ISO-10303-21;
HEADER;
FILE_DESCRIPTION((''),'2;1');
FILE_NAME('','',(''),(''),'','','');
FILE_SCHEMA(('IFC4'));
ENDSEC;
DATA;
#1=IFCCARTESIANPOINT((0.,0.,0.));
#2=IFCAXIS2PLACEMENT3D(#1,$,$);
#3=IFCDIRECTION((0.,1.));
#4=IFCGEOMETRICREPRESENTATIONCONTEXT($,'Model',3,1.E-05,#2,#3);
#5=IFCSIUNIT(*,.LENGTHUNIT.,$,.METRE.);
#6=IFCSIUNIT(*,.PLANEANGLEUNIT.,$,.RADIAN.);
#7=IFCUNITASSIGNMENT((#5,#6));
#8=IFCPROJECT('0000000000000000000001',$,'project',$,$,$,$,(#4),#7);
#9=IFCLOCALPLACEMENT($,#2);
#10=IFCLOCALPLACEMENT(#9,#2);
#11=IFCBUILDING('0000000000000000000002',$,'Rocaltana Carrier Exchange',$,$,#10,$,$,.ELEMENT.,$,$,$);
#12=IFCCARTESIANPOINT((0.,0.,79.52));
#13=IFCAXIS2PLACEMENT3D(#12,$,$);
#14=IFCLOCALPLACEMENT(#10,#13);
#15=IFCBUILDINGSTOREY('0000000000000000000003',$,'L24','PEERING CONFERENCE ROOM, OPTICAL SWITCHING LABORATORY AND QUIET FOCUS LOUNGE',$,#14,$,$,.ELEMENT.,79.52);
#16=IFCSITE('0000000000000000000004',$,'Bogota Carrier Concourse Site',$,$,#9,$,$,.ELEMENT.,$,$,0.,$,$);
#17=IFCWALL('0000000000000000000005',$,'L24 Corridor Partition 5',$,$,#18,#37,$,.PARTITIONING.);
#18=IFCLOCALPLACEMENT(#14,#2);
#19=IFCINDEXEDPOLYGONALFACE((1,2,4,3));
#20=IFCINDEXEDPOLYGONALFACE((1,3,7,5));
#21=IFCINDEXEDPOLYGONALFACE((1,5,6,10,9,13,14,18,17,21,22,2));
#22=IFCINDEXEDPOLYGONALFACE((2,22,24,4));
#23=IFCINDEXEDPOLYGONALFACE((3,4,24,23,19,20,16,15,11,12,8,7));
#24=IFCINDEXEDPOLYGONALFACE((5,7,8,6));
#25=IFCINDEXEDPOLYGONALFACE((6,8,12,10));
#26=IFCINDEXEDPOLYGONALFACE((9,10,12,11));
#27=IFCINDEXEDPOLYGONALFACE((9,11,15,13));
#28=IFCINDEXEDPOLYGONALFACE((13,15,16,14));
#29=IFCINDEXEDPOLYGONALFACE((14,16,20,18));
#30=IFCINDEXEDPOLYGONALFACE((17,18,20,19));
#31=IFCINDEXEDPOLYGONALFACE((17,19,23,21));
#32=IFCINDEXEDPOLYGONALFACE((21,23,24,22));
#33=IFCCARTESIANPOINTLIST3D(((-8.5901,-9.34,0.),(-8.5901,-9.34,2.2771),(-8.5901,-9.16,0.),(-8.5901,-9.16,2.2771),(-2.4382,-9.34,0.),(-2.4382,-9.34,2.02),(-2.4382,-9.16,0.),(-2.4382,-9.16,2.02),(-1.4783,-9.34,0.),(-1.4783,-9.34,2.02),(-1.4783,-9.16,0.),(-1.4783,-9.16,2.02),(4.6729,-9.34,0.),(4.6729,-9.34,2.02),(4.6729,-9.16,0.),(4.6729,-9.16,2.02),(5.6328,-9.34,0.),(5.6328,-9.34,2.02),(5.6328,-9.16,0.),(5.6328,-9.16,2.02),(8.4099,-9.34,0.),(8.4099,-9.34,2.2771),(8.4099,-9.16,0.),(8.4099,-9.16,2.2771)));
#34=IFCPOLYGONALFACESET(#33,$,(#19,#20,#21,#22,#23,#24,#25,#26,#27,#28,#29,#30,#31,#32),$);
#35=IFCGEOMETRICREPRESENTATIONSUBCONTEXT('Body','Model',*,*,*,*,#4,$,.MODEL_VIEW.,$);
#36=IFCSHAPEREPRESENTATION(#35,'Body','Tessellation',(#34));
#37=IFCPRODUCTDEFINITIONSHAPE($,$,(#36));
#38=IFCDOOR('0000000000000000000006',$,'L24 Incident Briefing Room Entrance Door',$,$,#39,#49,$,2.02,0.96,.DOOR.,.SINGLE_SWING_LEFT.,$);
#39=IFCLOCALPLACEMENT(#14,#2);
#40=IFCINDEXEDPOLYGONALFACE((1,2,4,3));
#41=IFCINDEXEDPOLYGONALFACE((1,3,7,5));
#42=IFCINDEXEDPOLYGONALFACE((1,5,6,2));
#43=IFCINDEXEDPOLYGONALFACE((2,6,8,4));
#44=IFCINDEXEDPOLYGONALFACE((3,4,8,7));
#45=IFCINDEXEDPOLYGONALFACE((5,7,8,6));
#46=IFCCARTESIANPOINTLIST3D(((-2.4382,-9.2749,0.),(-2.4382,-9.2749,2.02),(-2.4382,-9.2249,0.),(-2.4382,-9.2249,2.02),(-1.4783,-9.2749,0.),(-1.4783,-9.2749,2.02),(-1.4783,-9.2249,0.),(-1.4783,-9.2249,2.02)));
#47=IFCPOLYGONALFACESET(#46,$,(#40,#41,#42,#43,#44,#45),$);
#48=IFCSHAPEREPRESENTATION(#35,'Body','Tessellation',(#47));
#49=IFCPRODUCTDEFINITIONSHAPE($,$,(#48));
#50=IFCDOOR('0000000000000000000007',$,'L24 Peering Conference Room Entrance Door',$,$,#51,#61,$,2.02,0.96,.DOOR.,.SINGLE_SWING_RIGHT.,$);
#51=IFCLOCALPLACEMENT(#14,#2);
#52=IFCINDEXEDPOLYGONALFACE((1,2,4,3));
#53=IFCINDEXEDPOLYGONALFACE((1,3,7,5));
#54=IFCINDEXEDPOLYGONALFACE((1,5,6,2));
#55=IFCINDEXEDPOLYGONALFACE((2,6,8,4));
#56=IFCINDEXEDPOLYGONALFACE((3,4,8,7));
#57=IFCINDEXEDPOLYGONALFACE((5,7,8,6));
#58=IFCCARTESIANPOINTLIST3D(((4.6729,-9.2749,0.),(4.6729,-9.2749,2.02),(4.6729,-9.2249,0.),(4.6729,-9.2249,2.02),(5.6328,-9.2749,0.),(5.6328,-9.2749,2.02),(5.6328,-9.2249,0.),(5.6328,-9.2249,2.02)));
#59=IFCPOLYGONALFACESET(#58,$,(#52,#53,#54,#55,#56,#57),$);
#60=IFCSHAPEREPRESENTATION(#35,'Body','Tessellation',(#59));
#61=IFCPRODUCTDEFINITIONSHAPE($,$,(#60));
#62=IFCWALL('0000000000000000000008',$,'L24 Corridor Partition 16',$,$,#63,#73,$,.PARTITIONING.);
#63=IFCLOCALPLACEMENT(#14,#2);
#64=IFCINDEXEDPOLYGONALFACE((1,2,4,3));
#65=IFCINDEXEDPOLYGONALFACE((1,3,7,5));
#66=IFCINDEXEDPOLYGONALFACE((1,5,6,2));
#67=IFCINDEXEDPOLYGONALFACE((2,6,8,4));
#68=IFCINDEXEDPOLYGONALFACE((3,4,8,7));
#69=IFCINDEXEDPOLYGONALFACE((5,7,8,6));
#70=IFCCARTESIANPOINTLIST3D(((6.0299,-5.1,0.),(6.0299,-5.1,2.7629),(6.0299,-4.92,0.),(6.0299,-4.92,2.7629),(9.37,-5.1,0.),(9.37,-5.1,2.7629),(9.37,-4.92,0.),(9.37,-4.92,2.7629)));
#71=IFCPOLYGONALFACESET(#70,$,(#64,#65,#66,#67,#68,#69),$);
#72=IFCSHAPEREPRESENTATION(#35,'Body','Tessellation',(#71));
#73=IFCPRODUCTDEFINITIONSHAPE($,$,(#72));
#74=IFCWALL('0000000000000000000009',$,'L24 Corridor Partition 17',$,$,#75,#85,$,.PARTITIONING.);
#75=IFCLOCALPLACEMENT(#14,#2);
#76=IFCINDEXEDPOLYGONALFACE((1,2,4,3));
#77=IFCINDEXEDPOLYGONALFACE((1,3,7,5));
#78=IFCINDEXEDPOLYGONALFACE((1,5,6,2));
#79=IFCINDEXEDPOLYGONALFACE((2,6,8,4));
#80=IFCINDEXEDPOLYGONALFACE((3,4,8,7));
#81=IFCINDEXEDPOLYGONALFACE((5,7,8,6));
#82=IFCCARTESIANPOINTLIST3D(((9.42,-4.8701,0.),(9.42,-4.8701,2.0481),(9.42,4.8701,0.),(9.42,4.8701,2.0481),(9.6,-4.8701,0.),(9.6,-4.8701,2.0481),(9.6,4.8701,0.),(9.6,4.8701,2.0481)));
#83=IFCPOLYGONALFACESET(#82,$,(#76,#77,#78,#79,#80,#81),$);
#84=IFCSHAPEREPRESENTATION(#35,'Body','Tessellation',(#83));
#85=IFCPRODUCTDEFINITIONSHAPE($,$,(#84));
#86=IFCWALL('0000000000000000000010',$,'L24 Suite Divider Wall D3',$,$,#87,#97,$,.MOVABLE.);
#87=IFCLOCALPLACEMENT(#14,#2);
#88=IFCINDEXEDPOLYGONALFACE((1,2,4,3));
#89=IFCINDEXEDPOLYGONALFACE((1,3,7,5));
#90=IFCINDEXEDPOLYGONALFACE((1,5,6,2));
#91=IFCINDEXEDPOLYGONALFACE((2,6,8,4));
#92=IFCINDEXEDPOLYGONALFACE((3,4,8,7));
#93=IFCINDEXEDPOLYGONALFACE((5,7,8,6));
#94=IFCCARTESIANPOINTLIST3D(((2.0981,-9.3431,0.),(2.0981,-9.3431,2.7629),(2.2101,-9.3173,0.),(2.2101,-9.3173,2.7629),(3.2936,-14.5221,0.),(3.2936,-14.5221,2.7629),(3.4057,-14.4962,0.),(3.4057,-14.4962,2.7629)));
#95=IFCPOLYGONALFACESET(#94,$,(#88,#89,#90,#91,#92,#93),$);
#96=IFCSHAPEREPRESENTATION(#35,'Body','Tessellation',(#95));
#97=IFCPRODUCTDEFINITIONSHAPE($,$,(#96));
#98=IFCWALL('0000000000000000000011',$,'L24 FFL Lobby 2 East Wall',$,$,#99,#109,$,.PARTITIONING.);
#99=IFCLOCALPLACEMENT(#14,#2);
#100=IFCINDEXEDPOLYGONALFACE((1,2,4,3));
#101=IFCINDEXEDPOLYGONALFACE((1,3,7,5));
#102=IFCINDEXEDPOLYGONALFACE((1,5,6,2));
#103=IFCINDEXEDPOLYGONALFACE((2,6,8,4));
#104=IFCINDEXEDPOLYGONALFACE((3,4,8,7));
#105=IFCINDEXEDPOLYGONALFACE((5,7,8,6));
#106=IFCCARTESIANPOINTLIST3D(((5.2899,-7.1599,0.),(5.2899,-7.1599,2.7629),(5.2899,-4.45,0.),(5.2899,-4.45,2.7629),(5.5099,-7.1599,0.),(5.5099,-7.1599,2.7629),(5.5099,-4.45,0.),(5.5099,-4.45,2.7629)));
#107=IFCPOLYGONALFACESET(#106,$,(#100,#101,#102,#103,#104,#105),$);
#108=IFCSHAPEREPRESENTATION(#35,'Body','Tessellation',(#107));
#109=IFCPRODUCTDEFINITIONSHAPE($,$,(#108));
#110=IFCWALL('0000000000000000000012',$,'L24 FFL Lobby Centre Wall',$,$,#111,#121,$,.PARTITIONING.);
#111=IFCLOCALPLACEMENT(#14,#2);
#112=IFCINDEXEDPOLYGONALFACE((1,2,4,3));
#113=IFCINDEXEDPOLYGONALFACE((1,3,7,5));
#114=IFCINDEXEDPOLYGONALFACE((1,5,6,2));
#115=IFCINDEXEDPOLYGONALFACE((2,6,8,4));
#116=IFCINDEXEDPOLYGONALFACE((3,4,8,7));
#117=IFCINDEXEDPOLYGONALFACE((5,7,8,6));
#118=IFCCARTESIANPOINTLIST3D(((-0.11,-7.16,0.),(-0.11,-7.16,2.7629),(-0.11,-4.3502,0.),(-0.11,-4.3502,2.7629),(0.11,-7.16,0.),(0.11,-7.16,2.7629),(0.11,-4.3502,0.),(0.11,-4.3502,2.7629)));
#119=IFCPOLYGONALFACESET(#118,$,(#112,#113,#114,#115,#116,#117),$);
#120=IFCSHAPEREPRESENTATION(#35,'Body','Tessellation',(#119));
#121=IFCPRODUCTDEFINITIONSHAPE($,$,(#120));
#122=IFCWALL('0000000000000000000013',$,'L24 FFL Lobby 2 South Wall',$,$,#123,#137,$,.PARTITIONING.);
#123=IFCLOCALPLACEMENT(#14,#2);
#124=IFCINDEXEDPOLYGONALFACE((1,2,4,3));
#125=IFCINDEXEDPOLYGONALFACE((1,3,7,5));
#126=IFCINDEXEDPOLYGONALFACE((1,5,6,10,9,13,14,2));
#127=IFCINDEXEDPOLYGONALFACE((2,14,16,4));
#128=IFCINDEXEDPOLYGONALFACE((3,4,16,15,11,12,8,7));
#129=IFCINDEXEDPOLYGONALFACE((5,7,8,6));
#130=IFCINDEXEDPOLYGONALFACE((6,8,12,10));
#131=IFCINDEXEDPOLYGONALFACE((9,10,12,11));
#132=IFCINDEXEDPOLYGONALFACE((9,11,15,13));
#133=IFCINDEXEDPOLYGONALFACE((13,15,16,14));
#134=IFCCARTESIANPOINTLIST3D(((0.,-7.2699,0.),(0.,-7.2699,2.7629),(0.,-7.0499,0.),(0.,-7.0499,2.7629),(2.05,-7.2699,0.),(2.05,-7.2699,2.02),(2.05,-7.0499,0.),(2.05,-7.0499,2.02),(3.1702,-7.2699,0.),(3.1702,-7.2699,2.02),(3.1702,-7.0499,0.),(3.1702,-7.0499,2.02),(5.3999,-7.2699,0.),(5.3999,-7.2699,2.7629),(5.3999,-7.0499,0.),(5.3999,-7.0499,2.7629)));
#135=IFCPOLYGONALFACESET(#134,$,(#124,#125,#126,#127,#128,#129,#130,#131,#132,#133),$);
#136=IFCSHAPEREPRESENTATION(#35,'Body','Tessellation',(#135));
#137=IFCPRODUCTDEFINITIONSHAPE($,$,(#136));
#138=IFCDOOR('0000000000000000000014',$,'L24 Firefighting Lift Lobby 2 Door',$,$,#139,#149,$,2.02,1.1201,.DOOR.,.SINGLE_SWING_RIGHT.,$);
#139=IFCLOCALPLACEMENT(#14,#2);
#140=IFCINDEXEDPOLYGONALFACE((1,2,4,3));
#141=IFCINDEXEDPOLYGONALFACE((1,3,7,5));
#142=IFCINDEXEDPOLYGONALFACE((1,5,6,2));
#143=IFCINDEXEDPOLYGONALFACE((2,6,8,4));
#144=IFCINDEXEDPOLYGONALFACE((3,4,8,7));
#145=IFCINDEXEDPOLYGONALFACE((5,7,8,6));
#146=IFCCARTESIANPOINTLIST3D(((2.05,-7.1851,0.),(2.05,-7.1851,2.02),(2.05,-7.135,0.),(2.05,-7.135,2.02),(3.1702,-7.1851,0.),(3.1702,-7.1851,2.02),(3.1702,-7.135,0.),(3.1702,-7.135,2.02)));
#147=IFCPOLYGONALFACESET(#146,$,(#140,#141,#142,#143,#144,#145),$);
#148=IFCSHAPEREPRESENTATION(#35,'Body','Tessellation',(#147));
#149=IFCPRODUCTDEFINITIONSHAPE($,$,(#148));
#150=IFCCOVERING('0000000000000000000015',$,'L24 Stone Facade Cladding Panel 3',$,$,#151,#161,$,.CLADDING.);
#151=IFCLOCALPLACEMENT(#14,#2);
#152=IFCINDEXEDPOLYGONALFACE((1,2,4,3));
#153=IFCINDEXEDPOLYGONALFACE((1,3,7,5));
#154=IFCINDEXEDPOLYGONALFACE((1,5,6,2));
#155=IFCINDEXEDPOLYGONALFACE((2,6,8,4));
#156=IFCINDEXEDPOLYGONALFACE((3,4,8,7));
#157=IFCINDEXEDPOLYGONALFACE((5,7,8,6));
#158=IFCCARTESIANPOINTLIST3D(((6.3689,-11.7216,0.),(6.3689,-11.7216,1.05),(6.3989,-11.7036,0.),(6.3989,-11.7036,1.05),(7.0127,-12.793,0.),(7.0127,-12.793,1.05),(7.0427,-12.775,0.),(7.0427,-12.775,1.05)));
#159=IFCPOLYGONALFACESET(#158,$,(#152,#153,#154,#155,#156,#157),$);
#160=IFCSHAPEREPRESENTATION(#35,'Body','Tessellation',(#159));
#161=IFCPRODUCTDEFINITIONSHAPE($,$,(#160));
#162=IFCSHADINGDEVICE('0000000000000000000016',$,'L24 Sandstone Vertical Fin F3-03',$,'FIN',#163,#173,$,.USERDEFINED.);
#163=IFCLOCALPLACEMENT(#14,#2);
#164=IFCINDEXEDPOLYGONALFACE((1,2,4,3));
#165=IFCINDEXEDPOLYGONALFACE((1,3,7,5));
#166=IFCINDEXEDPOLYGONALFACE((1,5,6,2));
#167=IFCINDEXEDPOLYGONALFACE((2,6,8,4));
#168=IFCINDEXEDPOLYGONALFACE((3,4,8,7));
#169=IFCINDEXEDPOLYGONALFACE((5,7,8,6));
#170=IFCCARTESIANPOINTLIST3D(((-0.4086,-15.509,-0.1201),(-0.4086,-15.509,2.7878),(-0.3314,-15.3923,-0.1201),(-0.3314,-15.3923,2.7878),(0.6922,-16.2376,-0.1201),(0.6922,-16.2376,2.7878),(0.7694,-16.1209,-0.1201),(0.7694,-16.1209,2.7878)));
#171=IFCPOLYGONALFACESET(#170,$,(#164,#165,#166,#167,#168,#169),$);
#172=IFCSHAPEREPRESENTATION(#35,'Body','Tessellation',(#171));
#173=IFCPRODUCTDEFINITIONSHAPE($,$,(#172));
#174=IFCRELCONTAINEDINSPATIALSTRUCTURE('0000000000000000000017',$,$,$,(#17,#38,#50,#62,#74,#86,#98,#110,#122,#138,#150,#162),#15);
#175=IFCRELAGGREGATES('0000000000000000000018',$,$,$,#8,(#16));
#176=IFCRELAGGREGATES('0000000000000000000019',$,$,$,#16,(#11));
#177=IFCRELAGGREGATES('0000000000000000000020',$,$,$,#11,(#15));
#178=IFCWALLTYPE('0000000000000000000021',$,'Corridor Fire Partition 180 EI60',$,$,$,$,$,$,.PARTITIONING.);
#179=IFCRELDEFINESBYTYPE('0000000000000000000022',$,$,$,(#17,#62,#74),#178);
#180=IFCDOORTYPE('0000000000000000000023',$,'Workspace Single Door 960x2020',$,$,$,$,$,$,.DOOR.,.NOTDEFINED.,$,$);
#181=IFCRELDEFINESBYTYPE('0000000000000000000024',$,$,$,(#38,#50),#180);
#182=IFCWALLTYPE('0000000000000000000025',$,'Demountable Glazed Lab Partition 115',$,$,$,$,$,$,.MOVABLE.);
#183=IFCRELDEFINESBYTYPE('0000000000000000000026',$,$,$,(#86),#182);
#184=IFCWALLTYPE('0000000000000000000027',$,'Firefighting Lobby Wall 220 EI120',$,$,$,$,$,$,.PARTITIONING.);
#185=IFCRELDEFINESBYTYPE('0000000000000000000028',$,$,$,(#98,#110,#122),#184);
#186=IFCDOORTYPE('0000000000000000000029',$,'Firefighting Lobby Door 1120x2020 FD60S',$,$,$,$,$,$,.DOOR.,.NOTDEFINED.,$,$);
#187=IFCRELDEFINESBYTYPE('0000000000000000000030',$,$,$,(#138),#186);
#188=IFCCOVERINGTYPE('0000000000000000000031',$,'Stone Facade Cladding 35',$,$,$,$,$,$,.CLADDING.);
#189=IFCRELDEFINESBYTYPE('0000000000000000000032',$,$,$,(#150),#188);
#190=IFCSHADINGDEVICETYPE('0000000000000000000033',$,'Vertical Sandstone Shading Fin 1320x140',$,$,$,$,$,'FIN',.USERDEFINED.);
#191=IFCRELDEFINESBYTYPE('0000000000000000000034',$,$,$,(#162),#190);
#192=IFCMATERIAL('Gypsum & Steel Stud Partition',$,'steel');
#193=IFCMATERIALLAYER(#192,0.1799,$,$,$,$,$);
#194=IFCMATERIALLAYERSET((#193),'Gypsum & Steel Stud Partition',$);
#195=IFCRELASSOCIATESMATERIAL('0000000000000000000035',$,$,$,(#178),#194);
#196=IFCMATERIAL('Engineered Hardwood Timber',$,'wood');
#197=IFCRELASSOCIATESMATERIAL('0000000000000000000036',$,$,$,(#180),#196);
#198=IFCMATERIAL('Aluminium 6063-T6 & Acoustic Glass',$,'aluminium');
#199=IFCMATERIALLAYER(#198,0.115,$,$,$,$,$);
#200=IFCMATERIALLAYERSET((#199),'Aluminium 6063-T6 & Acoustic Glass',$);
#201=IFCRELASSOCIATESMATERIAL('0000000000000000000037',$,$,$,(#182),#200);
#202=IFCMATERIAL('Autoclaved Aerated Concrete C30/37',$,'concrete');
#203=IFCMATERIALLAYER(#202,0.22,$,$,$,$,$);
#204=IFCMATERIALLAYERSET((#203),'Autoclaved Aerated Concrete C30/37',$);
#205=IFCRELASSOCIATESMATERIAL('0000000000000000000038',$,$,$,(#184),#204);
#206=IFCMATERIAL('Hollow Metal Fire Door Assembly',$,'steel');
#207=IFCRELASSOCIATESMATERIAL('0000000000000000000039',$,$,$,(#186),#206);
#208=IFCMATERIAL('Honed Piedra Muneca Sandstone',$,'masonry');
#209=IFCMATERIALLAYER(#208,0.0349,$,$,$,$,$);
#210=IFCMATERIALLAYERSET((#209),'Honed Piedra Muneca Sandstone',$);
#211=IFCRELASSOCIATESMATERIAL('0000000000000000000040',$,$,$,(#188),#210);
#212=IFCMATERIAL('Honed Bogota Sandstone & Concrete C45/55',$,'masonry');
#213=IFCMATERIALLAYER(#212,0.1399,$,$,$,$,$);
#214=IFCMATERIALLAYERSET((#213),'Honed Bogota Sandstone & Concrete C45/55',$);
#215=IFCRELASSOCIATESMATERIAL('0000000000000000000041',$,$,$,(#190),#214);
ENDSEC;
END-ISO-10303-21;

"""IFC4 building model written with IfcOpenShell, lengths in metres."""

from ifc_helpers import new_model, si_unit, direction, frame, frame_2d, origin, origin_2d, place, context, subcontext, project, spatial, rectangle, extrude, material, layer, layer_set, type_object, element, fill, save


model = new_model("IFC4")

# Units and contexts
model_context = context("Model", 3, precision=1e-05, world=origin(), true_north=direction((0.0, 1.0)))
body_context = subcontext(model_context, "Body", "Model", "MODEL_VIEW")
ifc_project = project(units=[si_unit("LENGTHUNIT", "METRE"), si_unit("PLANEANGLEUNIT", "RADIAN")], contexts=[model_context])

# Site, building, storey
site_placement = place(None, origin())
site = spatial("IfcSite", under=ifc_project, at=site_placement, Name="Bogota Carrier Concourse Site", CompositionType="ELEMENT", RefElevation=0.0)
building_placement = place(site_placement, origin())
building = spatial("IfcBuilding", under=site, at=building_placement, Name="Rocaltana Carrier Exchange", CompositionType="ELEMENT")
storey_placement = place(building_placement, frame((0.0, 0.0, 79.52)))
storey = spatial("IfcBuildingStorey", under=building, at=storey_placement, Name="L24", Description="PEERING CONFERENCE ROOM, OPTICAL SWITCHING LABORATORY AND QUIET FOCUS LOUNGE", CompositionType="ELEMENT", Elevation=79.52)

# Wall, openings, doors
ifc_material_1 = material(Name="Gypsum & Steel Stud Partition", Category="steel")
ifc_layer_1 = layer(ifc_material_1, 0.1799)
ifc_layer_set_1 = layer_set([ifc_layer_1], Name="Gypsum & Steel Stud Partition")
wall_type_1 = type_object("IfcWallType", Name="Corridor Fire Partition 180 EI60", PredefinedType="PARTITIONING", material=ifc_layer_set_1)
wall_1_placement = place(storey_placement, frame((8.4099, -9.25, 0.0), z_axis=(0.0, 0.0, 1.0), x_axis=(-1.0, 0.0, 0.0)))
wall_1 = element("IfcWall", 1, at=wall_1_placement, inside=storey, type_object=wall_type_1, Name="L24 Corridor Partition 5", PredefinedType="PARTITIONING", context=body_context, shape_type="SweptSolid", body=[
    extrude(rectangle(XDim=17.0, YDim=0.1799, at=frame_2d((8.5, 0.0))), origin(), (0.0, 0.0, 1.0), 2.2771),
])
opening_1_placement = place(wall_1_placement, frame((9.8882, 0.0, 0.0)))
opening_1 = element("IfcOpeningElement", 2, at=opening_1_placement, cuts=wall_1, PredefinedType="OPENING", context=body_context, shape_type="SweptSolid", body=[
    extrude(rectangle(XDim=0.96, YDim=2.02, at=frame_2d((0.48, 1.01))), frame((0.0, 0.0999, 0.0), z_axis=(0.0, -1.0, 0.0), x_axis=(1.0, 0.0, 0.0)), (0.0, 0.0, 1.0), 0.2),
])
opening_2_placement = place(wall_1_placement, frame((2.7771, 0.0, 0.0)))
opening_2 = element("IfcOpeningElement", 3, at=opening_2_placement, cuts=wall_1, PredefinedType="OPENING", context=body_context, shape_type="SweptSolid", body=[
    extrude(rectangle(XDim=0.96, YDim=2.02, at=frame_2d((0.48, 1.01))), frame((0.0, 0.0999, 0.0), z_axis=(0.0, -1.0, 0.0), x_axis=(1.0, 0.0, 0.0)), (0.0, 0.0, 1.0), 0.2),
])
ifc_material_2 = material(Name="Engineered Hardwood Timber", Category="wood")
door_type_1 = type_object("IfcDoorType", Name="Workspace Single Door 960x2020", OperationType="NOTDEFINED", PredefinedType="DOOR", material=ifc_material_2)
door_1_placement = place(opening_1_placement, origin())
door_1 = element("IfcDoor", 4, at=door_1_placement, inside=storey, type_object=door_type_1, Name="L24 Incident Briefing Room Entrance Door", OperationType="SINGLE_SWING_LEFT", OverallHeight=2.02, OverallWidth=0.96, PredefinedType="DOOR", context=body_context, shape_type="SweptSolid", body=[
    extrude(rectangle(XDim=0.96, YDim=2.02, at=frame_2d((0.48, 1.01))), frame((0.0, 0.0249, 0.0), z_axis=(0.0, -1.0, 0.0), x_axis=(1.0, 0.0, 0.0)), (0.0, 0.0, 1.0), 0.05),
])
fill(opening_1, door_1)
door_2_placement = place(opening_2_placement, origin())
door_2 = element("IfcDoor", 5, at=door_2_placement, inside=storey, type_object=door_type_1, Name="L24 Peering Conference Room Entrance Door", OperationType="SINGLE_SWING_RIGHT", OverallHeight=2.02, OverallWidth=0.96, PredefinedType="DOOR", context=body_context, shape_type="SweptSolid", body=[
    extrude(rectangle(XDim=0.96, YDim=2.02, at=frame_2d((0.48, 1.01))), frame((0.0, 0.0249, 0.0), z_axis=(0.0, -1.0, 0.0), x_axis=(1.0, 0.0, 0.0)), (0.0, 0.0, 1.0), 0.05),
])
fill(opening_2, door_2)

# Walls
wall_2_placement = place(storey_placement, frame((6.03, -5.01, 0.0), z_axis=(0.0, 0.0, 1.0), x_axis=(1.0, 0.0, 0.0)))
element("IfcWall", 6, at=wall_2_placement, inside=storey, type_object=wall_type_1, Name="L24 Corridor Partition 16", PredefinedType="PARTITIONING", context=body_context, shape_type="SweptSolid", body=[
    extrude(rectangle(XDim=3.3401, YDim=0.1799, at=frame_2d((1.6699, 0.0))), origin(), (0.0, 0.0, 1.0), 2.7629),
])
wall_3_placement = place(storey_placement, frame((9.51, -4.8701, 0.0), z_axis=(0.0, 0.0, 1.0), x_axis=(0.0, 1.0, 0.0)))
element("IfcWall", 7, at=wall_3_placement, inside=storey, type_object=wall_type_1, Name="L24 Corridor Partition 17", PredefinedType="PARTITIONING", context=body_context, shape_type="SweptSolid", body=[
    extrude(rectangle(XDim=9.7402, YDim=0.1799, at=frame_2d((4.8701, 0.0))), origin(), (0.0, 0.0, 1.0), 2.0481),
])
ifc_material_3 = material(Name="Aluminium 6063-T6 & Acoustic Glass", Category="aluminium")
ifc_layer_2 = layer(ifc_material_3, 0.115)
ifc_layer_set_2 = layer_set([ifc_layer_2], Name="Aluminium 6063-T6 & Acoustic Glass")
wall_type_2 = type_object("IfcWallType", Name="Demountable Glazed Lab Partition 115", PredefinedType="MOVABLE", material=ifc_layer_set_2)
wall_4_placement = place(storey_placement, frame((2.1541, -9.3301, 0.0), z_axis=(0.0, 0.0, 1.0), x_axis=(0.224933, -0.974374, 0.0)))
element("IfcWall", 8, at=wall_4_placement, inside=storey, type_object=wall_type_2, Name="L24 Suite Divider Wall D3", PredefinedType="MOVABLE", context=body_context, shape_type="SweptSolid", body=[
    extrude(rectangle(XDim=5.3152, YDim=0.115, at=frame_2d((2.6577, 0.0))), origin(), (0.0, 0.0, 1.0), 2.7629),
])
ifc_material_4 = material(Name="Autoclaved Aerated Concrete C30/37", Category="concrete")
ifc_layer_3 = layer(ifc_material_4, 0.22)
ifc_layer_set_3 = layer_set([ifc_layer_3], Name="Autoclaved Aerated Concrete C30/37")
wall_type_3 = type_object("IfcWallType", Name="Firefighting Lobby Wall 220 EI120", PredefinedType="PARTITIONING", material=ifc_layer_set_3)
wall_5_placement = place(storey_placement, frame((5.3999, -7.1599, 0.0), z_axis=(0.0, 0.0, 1.0), x_axis=(0.0, 1.0, 0.0)))
element("IfcWall", 9, at=wall_5_placement, inside=storey, type_object=wall_type_3, Name="L24 FFL Lobby 2 East Wall", PredefinedType="PARTITIONING", context=body_context, shape_type="SweptSolid", body=[
    extrude(rectangle(XDim=2.71, YDim=0.22, at=frame_2d((1.355, 0.0))), origin(), (0.0, 0.0, 1.0), 2.7629),
])
wall_6_placement = place(storey_placement, frame((0.0, -7.1599, 0.0), z_axis=(0.0, 0.0, 1.0), x_axis=(0.0, 1.0, 0.0)))
element("IfcWall", 10, at=wall_6_placement, inside=storey, type_object=wall_type_3, Name="L24 FFL Lobby Centre Wall", PredefinedType="PARTITIONING", context=body_context, shape_type="SweptSolid", body=[
    extrude(rectangle(XDim=2.8098, YDim=0.22, at=frame_2d((1.4048, 0.0))), origin(), (0.0, 0.0, 1.0), 2.7629),
])

# Wall, opening, door
wall_7_placement = place(storey_placement, frame((0.0, -7.1599, 0.0), z_axis=(0.0, 0.0, 1.0), x_axis=(1.0, 0.0, 0.0)))
wall_7 = element("IfcWall", 11, at=wall_7_placement, inside=storey, type_object=wall_type_3, Name="L24 FFL Lobby 2 South Wall", PredefinedType="PARTITIONING", context=body_context, shape_type="SweptSolid", body=[
    extrude(rectangle(XDim=5.3999, YDim=0.22, at=frame_2d((2.7, 0.0))), origin(), (0.0, 0.0, 1.0), 2.7629),
])
opening_3_placement = place(wall_7_placement, frame((2.05, 0.0, 0.0)))
opening_3 = element("IfcOpeningElement", 12, at=opening_3_placement, cuts=wall_7, PredefinedType="OPENING", context=body_context, shape_type="SweptSolid", body=[
    extrude(rectangle(XDim=1.1201, YDim=2.02, at=frame_2d((0.5601, 1.01))), frame((0.0, 0.1199, 0.0), z_axis=(0.0, -1.0, 0.0), x_axis=(1.0, 0.0, 0.0)), (0.0, 0.0, 1.0), 0.24),
])
ifc_material_5 = material(Name="Hollow Metal Fire Door Assembly", Category="steel")
door_type_2 = type_object("IfcDoorType", Name="Firefighting Lobby Door 1120x2020 FD60S", OperationType="NOTDEFINED", PredefinedType="DOOR", material=ifc_material_5)
door_3_placement = place(opening_3_placement, origin())
door_3 = element("IfcDoor", 13, at=door_3_placement, inside=storey, type_object=door_type_2, Name="L24 Firefighting Lift Lobby 2 Door", OperationType="SINGLE_SWING_RIGHT", OverallHeight=2.02, OverallWidth=1.1201, PredefinedType="DOOR", context=body_context, shape_type="SweptSolid", body=[
    extrude(rectangle(XDim=1.1201, YDim=2.02, at=frame_2d((0.5601, 1.01))), frame((0.0, 0.0249, 0.0), z_axis=(0.0, -1.0, 0.0), x_axis=(1.0, 0.0, 0.0)), (0.0, 0.0, 1.0), 0.05),
])
fill(opening_3, door_3)

# Covering
ifc_material_6 = material(Name="Honed Piedra Muneca Sandstone", Category="masonry")
ifc_layer_4 = layer(ifc_material_6, 0.0349)
ifc_layer_set_4 = layer_set([ifc_layer_4], Name="Honed Piedra Muneca Sandstone")
covering_type = type_object("IfcCoveringType", Name="Stone Facade Cladding 35", PredefinedType="CLADDING", material=ifc_layer_set_4)
covering_placement = place(storey_placement, frame((6.7058, -12.2483, 0.0), z_axis=(0.0, 0.0, 1.0), x_axis=(-0.515038, 0.857167, 0.0)))
element("IfcCovering", 14, at=covering_placement, inside=storey, type_object=covering_type, Name="L24 Stone Facade Cladding Panel 3", PredefinedType="CLADDING", context=body_context, shape_type="SweptSolid", body=[
    extrude(rectangle(XDim=1.25, YDim=0.0349, at=origin_2d()), origin(), (0.0, 0.0, 1.0), 1.05),
])

# Shading device
ifc_material_7 = material(Name="Honed Bogota Sandstone & Concrete C45/55", Category="masonry")
ifc_layer_5 = layer(ifc_material_7, 0.1399)
ifc_layer_set_5 = layer_set([ifc_layer_5], Name="Honed Bogota Sandstone & Concrete C45/55")
shading_device_type = type_object("IfcShadingDeviceType", Name="Vertical Sandstone Shading Fin 1320x140", ElementType="FIN", PredefinedType="USERDEFINED", material=ifc_layer_set_5)
for number, where, z_axis, x_axis, name in (
    (15, (0.1804, -15.8149, -0.1201), (0.0, 0.0, 1.0), (0.833886, -0.551937, 0.0), "L24 Sandstone Vertical Fin F3-03"),
):
    element("IfcShadingDevice", number, at=place(storey_placement, frame(where, z_axis=z_axis, x_axis=x_axis)), inside=storey, type_object=shading_device_type, Name=name, ObjectType="FIN", PredefinedType="USERDEFINED", context=body_context, shape_type="SweptSolid", body=[
        extrude(rectangle(XDim=1.3201, YDim=0.1399, at=origin_2d()), origin(), (0.0, 0.0, 1.0), 2.908),
    ])

save(model, "model.ifc")
